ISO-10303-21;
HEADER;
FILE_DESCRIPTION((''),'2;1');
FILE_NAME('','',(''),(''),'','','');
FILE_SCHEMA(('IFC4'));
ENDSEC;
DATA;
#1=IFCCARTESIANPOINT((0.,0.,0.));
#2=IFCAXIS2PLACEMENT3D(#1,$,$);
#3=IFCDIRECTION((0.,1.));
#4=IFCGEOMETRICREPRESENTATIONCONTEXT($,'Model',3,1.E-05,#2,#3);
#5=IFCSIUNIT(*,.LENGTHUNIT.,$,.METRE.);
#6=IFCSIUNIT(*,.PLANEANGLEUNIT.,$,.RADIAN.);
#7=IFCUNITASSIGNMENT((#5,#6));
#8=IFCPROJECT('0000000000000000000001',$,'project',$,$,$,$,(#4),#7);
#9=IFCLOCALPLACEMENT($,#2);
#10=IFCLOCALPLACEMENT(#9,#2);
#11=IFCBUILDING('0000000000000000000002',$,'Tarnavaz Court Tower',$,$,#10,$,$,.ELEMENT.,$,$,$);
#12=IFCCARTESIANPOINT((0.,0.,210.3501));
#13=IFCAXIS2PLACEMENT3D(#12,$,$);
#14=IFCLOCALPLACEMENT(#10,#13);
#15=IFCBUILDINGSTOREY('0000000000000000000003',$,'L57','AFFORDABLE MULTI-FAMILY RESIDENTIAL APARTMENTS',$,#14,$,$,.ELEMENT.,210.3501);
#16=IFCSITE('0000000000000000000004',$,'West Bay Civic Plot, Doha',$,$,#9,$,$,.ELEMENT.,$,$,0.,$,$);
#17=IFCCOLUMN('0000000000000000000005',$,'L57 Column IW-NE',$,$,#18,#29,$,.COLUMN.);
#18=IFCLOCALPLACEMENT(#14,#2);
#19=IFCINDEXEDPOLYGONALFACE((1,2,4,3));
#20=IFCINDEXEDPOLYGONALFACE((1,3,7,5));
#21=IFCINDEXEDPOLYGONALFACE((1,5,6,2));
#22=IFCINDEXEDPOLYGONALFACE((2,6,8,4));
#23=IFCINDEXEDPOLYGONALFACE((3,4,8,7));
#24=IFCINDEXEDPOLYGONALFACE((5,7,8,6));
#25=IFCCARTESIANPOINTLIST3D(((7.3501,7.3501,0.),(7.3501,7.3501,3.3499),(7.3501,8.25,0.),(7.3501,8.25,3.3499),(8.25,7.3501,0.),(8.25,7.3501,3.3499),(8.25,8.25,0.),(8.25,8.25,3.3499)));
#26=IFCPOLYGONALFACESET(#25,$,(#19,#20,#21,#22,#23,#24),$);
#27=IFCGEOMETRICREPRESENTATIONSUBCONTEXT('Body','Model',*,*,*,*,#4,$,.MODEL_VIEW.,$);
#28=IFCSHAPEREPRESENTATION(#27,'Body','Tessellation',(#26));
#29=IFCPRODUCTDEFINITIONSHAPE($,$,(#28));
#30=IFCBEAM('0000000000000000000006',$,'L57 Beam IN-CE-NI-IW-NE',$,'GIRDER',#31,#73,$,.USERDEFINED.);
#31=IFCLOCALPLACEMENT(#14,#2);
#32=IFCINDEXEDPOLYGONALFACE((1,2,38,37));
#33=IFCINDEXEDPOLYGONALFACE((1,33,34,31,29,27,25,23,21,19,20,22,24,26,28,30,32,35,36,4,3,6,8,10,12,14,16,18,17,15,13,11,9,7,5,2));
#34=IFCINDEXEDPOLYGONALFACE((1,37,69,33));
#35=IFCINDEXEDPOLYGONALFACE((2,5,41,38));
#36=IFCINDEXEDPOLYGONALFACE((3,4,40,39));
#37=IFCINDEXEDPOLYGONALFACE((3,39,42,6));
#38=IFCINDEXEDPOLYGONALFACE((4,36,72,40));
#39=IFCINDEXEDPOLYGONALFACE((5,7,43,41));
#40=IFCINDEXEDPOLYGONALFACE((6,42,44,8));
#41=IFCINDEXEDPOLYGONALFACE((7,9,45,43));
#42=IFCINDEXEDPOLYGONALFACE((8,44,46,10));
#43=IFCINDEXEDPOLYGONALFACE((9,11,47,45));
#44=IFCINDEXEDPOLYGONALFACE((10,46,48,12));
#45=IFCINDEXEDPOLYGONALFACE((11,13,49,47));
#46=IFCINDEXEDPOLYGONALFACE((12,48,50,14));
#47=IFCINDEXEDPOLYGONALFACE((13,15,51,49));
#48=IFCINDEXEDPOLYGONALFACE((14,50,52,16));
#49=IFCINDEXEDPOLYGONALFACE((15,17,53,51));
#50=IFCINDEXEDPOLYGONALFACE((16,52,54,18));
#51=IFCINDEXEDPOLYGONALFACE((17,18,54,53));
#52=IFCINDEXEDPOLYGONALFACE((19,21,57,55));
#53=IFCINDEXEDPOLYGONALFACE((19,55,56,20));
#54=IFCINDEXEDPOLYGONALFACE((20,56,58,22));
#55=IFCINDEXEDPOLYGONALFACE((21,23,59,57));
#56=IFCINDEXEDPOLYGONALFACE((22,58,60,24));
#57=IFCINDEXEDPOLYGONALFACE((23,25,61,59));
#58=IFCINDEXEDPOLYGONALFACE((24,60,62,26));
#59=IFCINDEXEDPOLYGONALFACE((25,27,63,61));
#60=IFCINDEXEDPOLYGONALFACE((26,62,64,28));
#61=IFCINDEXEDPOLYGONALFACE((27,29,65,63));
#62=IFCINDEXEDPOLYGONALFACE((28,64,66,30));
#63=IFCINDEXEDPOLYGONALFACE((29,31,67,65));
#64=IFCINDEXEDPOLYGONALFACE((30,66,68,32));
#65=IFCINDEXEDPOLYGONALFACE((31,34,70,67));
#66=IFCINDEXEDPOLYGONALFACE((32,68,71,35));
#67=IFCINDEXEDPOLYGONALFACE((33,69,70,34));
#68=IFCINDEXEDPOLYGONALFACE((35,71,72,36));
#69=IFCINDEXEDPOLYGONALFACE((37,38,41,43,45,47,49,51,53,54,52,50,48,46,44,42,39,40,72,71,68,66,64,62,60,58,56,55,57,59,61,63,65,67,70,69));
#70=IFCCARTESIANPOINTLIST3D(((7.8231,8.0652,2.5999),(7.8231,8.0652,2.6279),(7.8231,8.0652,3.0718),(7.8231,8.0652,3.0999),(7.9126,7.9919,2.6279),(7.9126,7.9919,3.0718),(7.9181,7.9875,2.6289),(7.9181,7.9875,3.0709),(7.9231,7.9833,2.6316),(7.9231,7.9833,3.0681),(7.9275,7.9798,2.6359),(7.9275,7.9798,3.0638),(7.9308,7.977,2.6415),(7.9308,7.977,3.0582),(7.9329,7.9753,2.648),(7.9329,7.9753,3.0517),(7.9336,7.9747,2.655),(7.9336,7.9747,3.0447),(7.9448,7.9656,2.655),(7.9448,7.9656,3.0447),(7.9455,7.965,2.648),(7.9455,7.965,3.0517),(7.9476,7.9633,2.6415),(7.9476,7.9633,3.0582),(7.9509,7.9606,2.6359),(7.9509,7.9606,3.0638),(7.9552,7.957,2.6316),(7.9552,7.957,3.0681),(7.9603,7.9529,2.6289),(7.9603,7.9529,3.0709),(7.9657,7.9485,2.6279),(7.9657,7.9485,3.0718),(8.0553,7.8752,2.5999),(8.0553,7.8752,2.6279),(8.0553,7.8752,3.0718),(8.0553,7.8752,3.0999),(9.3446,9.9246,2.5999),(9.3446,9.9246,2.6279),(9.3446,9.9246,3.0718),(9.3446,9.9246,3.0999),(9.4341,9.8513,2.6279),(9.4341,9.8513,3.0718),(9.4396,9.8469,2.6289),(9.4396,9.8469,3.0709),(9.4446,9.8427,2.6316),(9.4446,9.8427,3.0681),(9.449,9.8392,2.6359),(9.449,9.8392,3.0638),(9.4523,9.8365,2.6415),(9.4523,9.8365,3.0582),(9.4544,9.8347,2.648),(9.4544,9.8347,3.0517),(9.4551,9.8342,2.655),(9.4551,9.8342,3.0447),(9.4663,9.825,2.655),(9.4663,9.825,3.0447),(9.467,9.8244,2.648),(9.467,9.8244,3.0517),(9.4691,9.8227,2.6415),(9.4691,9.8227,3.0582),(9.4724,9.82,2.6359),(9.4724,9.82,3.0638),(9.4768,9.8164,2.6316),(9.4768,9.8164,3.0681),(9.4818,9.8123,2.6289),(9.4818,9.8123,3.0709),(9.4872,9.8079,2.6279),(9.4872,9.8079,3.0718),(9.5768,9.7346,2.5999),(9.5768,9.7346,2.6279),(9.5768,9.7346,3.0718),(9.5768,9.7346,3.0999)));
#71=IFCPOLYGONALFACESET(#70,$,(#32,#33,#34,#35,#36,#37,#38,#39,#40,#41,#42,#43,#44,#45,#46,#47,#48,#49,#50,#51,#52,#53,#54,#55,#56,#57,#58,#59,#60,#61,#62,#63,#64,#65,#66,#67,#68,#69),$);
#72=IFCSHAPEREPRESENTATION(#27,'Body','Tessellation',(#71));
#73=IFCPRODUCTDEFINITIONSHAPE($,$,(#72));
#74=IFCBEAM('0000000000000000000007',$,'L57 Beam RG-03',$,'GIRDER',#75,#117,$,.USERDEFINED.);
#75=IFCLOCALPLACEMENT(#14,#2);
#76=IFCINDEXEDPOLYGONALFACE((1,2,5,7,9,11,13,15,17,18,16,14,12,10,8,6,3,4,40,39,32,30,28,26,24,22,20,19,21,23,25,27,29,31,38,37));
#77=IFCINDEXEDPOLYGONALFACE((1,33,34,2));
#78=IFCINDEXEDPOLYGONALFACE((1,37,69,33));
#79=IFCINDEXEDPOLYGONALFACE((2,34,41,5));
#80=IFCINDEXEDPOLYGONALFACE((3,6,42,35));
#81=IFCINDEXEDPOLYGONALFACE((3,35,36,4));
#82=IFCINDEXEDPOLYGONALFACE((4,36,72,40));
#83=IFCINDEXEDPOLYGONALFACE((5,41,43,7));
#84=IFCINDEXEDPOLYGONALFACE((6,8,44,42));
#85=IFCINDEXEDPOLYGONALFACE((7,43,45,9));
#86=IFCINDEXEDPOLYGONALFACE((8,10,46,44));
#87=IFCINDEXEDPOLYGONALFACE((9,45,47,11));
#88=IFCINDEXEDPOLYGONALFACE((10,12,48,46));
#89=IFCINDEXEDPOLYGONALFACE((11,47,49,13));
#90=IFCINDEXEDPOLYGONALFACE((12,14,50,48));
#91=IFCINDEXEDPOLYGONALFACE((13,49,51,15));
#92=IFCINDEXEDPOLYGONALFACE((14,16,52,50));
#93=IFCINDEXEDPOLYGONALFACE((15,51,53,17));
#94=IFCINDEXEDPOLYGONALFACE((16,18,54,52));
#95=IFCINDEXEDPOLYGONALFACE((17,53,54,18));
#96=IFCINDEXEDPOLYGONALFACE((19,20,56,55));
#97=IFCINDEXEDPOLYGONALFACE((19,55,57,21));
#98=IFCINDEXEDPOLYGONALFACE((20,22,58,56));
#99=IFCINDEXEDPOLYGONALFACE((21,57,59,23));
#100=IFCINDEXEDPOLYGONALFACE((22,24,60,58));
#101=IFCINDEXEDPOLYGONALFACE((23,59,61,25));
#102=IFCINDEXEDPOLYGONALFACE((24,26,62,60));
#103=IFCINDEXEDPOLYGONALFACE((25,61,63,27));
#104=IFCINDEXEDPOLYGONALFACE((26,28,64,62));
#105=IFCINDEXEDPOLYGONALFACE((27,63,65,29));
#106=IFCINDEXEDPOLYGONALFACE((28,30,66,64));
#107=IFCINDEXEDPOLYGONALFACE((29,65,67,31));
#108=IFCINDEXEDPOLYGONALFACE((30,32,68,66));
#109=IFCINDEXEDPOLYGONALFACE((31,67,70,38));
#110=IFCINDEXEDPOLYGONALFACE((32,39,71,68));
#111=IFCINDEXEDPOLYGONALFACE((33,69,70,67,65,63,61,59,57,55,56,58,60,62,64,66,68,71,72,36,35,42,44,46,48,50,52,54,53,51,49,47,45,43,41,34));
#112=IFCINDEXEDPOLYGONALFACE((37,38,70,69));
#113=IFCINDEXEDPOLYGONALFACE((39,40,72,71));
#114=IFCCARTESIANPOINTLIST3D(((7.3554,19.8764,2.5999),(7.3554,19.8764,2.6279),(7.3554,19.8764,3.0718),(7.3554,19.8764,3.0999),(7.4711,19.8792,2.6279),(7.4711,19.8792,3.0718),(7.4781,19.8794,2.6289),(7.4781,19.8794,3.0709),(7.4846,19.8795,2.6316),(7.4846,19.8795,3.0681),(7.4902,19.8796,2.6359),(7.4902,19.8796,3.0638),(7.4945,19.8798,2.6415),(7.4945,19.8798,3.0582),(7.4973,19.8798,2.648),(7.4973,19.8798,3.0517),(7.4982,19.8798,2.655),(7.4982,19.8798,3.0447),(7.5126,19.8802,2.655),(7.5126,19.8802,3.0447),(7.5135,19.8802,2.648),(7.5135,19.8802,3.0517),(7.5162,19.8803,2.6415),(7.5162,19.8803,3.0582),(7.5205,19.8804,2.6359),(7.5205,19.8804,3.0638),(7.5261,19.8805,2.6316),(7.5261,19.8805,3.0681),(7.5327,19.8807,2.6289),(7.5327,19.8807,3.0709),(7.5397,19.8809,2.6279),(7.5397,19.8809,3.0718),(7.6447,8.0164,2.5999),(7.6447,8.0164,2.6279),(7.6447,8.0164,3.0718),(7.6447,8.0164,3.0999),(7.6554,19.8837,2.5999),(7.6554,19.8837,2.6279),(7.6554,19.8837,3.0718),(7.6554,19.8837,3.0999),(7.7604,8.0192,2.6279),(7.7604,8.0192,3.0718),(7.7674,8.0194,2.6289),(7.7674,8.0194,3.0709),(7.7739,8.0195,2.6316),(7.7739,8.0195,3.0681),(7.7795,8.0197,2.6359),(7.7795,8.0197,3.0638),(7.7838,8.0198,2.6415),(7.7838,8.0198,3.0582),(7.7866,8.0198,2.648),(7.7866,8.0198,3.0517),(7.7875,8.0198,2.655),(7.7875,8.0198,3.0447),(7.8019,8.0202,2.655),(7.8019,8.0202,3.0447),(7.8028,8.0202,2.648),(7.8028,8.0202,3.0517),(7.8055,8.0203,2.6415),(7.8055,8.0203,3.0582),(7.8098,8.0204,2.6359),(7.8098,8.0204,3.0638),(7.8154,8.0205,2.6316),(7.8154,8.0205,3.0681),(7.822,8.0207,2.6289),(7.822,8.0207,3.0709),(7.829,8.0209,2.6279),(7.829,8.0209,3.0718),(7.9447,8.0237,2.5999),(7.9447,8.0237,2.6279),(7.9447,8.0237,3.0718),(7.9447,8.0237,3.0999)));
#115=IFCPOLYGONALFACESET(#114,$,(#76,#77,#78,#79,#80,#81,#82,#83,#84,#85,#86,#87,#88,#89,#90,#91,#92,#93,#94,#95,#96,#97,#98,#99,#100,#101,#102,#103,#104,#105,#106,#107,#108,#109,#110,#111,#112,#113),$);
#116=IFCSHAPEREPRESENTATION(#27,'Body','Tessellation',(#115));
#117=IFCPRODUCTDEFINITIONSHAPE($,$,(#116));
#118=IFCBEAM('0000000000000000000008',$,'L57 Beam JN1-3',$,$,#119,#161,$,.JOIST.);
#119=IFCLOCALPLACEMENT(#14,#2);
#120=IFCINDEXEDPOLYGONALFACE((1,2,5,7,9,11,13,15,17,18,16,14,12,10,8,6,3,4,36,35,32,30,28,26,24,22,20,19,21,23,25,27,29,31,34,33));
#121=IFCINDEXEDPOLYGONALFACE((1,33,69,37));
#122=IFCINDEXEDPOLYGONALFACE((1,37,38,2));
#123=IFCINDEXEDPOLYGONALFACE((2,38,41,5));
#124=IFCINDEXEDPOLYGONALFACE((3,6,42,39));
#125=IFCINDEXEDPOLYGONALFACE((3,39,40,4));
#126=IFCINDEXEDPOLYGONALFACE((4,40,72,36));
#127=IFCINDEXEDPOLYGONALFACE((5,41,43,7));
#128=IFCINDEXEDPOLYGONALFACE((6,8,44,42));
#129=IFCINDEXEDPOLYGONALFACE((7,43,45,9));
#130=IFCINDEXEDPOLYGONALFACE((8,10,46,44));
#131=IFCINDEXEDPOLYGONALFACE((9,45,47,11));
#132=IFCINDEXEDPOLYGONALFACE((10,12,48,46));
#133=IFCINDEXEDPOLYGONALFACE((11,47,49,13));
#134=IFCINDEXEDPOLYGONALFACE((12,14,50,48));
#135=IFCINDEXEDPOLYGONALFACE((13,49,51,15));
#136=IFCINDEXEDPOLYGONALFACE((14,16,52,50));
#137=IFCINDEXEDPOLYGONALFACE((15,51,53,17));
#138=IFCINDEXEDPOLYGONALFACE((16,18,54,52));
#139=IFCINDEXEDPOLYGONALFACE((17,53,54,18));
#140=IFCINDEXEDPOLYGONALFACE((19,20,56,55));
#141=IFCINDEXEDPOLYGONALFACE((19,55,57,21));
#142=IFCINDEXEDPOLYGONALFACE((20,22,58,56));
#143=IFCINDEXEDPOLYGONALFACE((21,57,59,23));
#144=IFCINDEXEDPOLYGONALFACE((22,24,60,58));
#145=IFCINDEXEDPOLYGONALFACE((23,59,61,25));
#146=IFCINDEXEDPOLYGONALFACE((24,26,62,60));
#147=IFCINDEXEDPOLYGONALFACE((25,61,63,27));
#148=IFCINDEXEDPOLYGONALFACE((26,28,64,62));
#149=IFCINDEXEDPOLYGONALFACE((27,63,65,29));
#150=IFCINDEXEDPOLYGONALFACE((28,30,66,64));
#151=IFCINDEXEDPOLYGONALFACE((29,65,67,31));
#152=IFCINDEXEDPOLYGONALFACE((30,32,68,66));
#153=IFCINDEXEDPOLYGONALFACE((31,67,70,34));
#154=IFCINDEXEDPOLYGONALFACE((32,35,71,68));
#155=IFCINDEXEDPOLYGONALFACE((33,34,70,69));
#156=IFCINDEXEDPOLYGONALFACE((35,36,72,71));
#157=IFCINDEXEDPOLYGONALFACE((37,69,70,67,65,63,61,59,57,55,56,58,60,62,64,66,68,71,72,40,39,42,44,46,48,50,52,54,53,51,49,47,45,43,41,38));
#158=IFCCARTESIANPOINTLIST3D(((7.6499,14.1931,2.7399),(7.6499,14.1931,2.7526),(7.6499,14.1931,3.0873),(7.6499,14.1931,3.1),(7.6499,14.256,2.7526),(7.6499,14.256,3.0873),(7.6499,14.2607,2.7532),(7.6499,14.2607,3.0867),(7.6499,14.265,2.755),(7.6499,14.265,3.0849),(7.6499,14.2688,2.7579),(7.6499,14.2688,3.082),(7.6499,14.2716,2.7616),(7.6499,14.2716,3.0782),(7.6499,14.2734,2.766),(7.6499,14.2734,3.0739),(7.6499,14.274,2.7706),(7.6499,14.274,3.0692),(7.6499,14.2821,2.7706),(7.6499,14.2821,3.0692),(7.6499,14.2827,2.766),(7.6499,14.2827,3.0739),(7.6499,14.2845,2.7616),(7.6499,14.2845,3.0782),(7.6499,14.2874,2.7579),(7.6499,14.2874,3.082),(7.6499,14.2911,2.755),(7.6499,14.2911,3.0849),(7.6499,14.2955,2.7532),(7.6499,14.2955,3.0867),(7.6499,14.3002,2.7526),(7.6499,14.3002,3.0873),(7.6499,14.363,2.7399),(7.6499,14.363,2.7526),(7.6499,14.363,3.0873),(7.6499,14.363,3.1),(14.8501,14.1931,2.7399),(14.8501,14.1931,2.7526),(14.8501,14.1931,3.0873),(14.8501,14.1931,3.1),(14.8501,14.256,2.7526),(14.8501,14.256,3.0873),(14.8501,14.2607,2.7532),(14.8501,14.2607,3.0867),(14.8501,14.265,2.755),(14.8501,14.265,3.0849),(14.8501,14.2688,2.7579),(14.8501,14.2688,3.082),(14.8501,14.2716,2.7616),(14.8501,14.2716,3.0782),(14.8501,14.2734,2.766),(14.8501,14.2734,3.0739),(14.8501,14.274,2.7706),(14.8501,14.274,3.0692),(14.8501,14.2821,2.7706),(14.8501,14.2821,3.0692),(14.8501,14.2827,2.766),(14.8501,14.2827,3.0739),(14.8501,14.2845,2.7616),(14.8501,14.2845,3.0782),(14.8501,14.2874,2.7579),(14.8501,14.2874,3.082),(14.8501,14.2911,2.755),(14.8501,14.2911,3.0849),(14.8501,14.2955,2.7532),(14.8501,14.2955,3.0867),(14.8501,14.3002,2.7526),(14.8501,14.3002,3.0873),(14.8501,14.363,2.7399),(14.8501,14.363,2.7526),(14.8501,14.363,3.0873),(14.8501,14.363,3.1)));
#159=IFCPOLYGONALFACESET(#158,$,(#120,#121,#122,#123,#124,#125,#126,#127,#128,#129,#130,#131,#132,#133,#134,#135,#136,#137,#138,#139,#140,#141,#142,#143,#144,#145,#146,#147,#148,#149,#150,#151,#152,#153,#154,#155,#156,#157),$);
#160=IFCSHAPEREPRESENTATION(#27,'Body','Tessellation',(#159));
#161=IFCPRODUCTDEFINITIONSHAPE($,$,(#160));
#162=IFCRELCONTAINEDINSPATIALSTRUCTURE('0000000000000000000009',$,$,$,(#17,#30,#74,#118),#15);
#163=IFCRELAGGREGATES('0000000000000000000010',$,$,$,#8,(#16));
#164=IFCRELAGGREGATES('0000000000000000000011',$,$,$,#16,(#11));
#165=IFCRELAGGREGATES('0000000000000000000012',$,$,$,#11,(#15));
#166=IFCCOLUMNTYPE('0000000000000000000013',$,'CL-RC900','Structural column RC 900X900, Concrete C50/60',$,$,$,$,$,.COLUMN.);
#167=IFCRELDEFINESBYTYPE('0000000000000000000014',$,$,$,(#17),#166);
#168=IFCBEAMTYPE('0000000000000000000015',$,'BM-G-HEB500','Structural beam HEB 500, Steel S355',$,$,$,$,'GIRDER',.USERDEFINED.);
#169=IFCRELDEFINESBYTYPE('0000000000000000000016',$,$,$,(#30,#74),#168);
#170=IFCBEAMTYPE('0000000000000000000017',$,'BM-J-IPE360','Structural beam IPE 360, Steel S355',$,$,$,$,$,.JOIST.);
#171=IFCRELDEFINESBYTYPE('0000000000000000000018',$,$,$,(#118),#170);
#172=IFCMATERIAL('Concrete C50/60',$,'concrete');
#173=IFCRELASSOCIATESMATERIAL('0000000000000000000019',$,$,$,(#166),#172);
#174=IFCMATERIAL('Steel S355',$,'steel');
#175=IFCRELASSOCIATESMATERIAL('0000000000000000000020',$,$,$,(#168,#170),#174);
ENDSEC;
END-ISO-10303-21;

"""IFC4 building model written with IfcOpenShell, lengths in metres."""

from ifc_helpers import new_model, si_unit, direction, frame, origin, origin_2d, place, context, subcontext, project, spatial, rectangle, i_section, extrude, material, material_profile, profile_set, type_object, element, save


model = new_model("IFC4")

# Units and contexts
model_context = context("Model", 3, precision=1e-05, world=origin(), true_north=direction((0.0, 1.0)))
body_context = subcontext(model_context, "Body", "Model", "MODEL_VIEW")
ifc_project = project(units=[si_unit("LENGTHUNIT", "METRE"), si_unit("PLANEANGLEUNIT", "RADIAN")], contexts=[model_context])

# Site, building, storey
site_placement = place(None, origin())
site = spatial("IfcSite", under=ifc_project, at=site_placement, Name="West Bay Civic Plot, Doha", CompositionType="ELEMENT", RefElevation=0.0)
building_placement = place(site_placement, origin())
building = spatial("IfcBuilding", under=site, at=building_placement, Name="Tarnavaz Court Tower", CompositionType="ELEMENT")
storey_placement = place(building_placement, frame((0.0, 0.0, 210.3501)))
storey = spatial("IfcBuildingStorey", under=building, at=storey_placement, Name="L57", Description="AFFORDABLE MULTI-FAMILY RESIDENTIAL APARTMENTS", CompositionType="ELEMENT", Elevation=210.3501)

# Column
ifc_material_1 = material(Name="Concrete C50/60", Category="concrete")
ifc_material_profile_1 = material_profile(ifc_material_1, rectangle(XDim=0.8999, YDim=0.8999, at=origin_2d()), Name="RC 900X900")
ifc_profile_set_1 = profile_set([ifc_material_profile_1], Name="Concrete C50/60")
column_type = type_object("IfcColumnType", Name="CL-RC900", Description="Structural column RC 900X900, Concrete C50/60", PredefinedType="COLUMN", material=ifc_profile_set_1)
column_placement = place(storey_placement, frame((7.8, 7.8, 0.0), z_axis=(0.0, 0.0, 1.0), x_axis=(1.0, 0.0, 0.0)))
element("IfcColumn", 1, at=column_placement, inside=storey, type_object=column_type, Name="L57 Column IW-NE", PredefinedType="COLUMN", context=body_context, shape_type="SweptSolid", body=[
    extrude(rectangle(XDim=0.8999, YDim=0.8999, at=origin_2d()), origin(), (0.0, 0.0, 1.0), 3.3499),
])

# Beams
ifc_material_2 = material(Name="Steel S355", Category="steel")
ifc_material_profile_2 = material_profile(ifc_material_2, i_section(OverallWidth=0.3, OverallDepth=0.5, WebThickness=0.0144, FlangeThickness=0.0281, FilletRadius=0.0271, at=origin_2d()), Name="HEB 500")
ifc_profile_set_2 = profile_set([ifc_material_profile_2], Name="Steel S355")
beam_type_1 = type_object("IfcBeamType", Name="BM-G-HEB500", Description="Structural beam HEB 500, Steel S355", ElementType="GIRDER", PredefinedType="USERDEFINED", material=ifc_profile_set_2)
beam_1_placement = place(storey_placement, frame((9.4607, 9.8296, 2.8499), z_axis=(-0.633282, -0.773921, 0.0), x_axis=(0.773921, -0.633282, 0.0)))
element("IfcBeam", 2, at=beam_1_placement, inside=storey, type_object=beam_type_1, Name="L57 Beam IN-CE-NI-IW-NE", ObjectType="GIRDER", PredefinedType="USERDEFINED", context=body_context, shape_type="SweptSolid", body=[
    extrude(i_section(OverallWidth=0.3, OverallDepth=0.5, WebThickness=0.0144, FlangeThickness=0.0281, FilletRadius=0.0271, at=origin_2d()), origin(), (0.0, 0.0, 1.0), 2.4026),
])
beam_2_placement = place(storey_placement, frame((7.7947, 8.02, 2.8499), z_axis=(-0.024386, 0.999703, 0.0), x_axis=(-0.999703, -0.024386, 0.0)))
element("IfcBeam", 3, at=beam_2_placement, inside=storey, type_object=beam_type_1, Name="L57 Beam RG-03", ObjectType="GIRDER", PredefinedType="USERDEFINED", context=body_context, shape_type="SweptSolid", body=[
    extrude(i_section(OverallWidth=0.3, OverallDepth=0.5, WebThickness=0.0144, FlangeThickness=0.0281, FilletRadius=0.0271, at=origin_2d()), origin(), (0.0, 0.0, 1.0), 11.8635),
])
ifc_material_profile_3 = material_profile(ifc_material_2, i_section(OverallWidth=0.1699, OverallDepth=0.3601, WebThickness=0.0081, FlangeThickness=0.0127, FilletRadius=0.0181, at=origin_2d()), Name="IPE 360")
ifc_profile_set_3 = profile_set([ifc_material_profile_3], Name="Steel S355")
beam_type_2 = type_object("IfcBeamType", Name="BM-J-IPE360", Description="Structural beam IPE 360, Steel S355", PredefinedType="JOIST", material=ifc_profile_set_3)
for number, where, z_axis, x_axis, name in (
    (4, (7.6499, 14.2781, 2.9199), (1.0, 0.0, 0.0), (0.0, 1.0, 0.0), "L57 Beam JN1-3"),
):
    element("IfcBeam", number, at=place(storey_placement, frame(where, z_axis=z_axis, x_axis=x_axis)), inside=storey, type_object=beam_type_2, Name=name, PredefinedType="JOIST", context=body_context, shape_type="SweptSolid", body=[
        extrude(i_section(OverallWidth=0.1699, OverallDepth=0.3601, WebThickness=0.0081, FlangeThickness=0.0127, FilletRadius=0.0181, at=origin_2d()), origin(), (0.0, 0.0, 1.0), 7.2002),
    ])

save(model, "model.ifc")
